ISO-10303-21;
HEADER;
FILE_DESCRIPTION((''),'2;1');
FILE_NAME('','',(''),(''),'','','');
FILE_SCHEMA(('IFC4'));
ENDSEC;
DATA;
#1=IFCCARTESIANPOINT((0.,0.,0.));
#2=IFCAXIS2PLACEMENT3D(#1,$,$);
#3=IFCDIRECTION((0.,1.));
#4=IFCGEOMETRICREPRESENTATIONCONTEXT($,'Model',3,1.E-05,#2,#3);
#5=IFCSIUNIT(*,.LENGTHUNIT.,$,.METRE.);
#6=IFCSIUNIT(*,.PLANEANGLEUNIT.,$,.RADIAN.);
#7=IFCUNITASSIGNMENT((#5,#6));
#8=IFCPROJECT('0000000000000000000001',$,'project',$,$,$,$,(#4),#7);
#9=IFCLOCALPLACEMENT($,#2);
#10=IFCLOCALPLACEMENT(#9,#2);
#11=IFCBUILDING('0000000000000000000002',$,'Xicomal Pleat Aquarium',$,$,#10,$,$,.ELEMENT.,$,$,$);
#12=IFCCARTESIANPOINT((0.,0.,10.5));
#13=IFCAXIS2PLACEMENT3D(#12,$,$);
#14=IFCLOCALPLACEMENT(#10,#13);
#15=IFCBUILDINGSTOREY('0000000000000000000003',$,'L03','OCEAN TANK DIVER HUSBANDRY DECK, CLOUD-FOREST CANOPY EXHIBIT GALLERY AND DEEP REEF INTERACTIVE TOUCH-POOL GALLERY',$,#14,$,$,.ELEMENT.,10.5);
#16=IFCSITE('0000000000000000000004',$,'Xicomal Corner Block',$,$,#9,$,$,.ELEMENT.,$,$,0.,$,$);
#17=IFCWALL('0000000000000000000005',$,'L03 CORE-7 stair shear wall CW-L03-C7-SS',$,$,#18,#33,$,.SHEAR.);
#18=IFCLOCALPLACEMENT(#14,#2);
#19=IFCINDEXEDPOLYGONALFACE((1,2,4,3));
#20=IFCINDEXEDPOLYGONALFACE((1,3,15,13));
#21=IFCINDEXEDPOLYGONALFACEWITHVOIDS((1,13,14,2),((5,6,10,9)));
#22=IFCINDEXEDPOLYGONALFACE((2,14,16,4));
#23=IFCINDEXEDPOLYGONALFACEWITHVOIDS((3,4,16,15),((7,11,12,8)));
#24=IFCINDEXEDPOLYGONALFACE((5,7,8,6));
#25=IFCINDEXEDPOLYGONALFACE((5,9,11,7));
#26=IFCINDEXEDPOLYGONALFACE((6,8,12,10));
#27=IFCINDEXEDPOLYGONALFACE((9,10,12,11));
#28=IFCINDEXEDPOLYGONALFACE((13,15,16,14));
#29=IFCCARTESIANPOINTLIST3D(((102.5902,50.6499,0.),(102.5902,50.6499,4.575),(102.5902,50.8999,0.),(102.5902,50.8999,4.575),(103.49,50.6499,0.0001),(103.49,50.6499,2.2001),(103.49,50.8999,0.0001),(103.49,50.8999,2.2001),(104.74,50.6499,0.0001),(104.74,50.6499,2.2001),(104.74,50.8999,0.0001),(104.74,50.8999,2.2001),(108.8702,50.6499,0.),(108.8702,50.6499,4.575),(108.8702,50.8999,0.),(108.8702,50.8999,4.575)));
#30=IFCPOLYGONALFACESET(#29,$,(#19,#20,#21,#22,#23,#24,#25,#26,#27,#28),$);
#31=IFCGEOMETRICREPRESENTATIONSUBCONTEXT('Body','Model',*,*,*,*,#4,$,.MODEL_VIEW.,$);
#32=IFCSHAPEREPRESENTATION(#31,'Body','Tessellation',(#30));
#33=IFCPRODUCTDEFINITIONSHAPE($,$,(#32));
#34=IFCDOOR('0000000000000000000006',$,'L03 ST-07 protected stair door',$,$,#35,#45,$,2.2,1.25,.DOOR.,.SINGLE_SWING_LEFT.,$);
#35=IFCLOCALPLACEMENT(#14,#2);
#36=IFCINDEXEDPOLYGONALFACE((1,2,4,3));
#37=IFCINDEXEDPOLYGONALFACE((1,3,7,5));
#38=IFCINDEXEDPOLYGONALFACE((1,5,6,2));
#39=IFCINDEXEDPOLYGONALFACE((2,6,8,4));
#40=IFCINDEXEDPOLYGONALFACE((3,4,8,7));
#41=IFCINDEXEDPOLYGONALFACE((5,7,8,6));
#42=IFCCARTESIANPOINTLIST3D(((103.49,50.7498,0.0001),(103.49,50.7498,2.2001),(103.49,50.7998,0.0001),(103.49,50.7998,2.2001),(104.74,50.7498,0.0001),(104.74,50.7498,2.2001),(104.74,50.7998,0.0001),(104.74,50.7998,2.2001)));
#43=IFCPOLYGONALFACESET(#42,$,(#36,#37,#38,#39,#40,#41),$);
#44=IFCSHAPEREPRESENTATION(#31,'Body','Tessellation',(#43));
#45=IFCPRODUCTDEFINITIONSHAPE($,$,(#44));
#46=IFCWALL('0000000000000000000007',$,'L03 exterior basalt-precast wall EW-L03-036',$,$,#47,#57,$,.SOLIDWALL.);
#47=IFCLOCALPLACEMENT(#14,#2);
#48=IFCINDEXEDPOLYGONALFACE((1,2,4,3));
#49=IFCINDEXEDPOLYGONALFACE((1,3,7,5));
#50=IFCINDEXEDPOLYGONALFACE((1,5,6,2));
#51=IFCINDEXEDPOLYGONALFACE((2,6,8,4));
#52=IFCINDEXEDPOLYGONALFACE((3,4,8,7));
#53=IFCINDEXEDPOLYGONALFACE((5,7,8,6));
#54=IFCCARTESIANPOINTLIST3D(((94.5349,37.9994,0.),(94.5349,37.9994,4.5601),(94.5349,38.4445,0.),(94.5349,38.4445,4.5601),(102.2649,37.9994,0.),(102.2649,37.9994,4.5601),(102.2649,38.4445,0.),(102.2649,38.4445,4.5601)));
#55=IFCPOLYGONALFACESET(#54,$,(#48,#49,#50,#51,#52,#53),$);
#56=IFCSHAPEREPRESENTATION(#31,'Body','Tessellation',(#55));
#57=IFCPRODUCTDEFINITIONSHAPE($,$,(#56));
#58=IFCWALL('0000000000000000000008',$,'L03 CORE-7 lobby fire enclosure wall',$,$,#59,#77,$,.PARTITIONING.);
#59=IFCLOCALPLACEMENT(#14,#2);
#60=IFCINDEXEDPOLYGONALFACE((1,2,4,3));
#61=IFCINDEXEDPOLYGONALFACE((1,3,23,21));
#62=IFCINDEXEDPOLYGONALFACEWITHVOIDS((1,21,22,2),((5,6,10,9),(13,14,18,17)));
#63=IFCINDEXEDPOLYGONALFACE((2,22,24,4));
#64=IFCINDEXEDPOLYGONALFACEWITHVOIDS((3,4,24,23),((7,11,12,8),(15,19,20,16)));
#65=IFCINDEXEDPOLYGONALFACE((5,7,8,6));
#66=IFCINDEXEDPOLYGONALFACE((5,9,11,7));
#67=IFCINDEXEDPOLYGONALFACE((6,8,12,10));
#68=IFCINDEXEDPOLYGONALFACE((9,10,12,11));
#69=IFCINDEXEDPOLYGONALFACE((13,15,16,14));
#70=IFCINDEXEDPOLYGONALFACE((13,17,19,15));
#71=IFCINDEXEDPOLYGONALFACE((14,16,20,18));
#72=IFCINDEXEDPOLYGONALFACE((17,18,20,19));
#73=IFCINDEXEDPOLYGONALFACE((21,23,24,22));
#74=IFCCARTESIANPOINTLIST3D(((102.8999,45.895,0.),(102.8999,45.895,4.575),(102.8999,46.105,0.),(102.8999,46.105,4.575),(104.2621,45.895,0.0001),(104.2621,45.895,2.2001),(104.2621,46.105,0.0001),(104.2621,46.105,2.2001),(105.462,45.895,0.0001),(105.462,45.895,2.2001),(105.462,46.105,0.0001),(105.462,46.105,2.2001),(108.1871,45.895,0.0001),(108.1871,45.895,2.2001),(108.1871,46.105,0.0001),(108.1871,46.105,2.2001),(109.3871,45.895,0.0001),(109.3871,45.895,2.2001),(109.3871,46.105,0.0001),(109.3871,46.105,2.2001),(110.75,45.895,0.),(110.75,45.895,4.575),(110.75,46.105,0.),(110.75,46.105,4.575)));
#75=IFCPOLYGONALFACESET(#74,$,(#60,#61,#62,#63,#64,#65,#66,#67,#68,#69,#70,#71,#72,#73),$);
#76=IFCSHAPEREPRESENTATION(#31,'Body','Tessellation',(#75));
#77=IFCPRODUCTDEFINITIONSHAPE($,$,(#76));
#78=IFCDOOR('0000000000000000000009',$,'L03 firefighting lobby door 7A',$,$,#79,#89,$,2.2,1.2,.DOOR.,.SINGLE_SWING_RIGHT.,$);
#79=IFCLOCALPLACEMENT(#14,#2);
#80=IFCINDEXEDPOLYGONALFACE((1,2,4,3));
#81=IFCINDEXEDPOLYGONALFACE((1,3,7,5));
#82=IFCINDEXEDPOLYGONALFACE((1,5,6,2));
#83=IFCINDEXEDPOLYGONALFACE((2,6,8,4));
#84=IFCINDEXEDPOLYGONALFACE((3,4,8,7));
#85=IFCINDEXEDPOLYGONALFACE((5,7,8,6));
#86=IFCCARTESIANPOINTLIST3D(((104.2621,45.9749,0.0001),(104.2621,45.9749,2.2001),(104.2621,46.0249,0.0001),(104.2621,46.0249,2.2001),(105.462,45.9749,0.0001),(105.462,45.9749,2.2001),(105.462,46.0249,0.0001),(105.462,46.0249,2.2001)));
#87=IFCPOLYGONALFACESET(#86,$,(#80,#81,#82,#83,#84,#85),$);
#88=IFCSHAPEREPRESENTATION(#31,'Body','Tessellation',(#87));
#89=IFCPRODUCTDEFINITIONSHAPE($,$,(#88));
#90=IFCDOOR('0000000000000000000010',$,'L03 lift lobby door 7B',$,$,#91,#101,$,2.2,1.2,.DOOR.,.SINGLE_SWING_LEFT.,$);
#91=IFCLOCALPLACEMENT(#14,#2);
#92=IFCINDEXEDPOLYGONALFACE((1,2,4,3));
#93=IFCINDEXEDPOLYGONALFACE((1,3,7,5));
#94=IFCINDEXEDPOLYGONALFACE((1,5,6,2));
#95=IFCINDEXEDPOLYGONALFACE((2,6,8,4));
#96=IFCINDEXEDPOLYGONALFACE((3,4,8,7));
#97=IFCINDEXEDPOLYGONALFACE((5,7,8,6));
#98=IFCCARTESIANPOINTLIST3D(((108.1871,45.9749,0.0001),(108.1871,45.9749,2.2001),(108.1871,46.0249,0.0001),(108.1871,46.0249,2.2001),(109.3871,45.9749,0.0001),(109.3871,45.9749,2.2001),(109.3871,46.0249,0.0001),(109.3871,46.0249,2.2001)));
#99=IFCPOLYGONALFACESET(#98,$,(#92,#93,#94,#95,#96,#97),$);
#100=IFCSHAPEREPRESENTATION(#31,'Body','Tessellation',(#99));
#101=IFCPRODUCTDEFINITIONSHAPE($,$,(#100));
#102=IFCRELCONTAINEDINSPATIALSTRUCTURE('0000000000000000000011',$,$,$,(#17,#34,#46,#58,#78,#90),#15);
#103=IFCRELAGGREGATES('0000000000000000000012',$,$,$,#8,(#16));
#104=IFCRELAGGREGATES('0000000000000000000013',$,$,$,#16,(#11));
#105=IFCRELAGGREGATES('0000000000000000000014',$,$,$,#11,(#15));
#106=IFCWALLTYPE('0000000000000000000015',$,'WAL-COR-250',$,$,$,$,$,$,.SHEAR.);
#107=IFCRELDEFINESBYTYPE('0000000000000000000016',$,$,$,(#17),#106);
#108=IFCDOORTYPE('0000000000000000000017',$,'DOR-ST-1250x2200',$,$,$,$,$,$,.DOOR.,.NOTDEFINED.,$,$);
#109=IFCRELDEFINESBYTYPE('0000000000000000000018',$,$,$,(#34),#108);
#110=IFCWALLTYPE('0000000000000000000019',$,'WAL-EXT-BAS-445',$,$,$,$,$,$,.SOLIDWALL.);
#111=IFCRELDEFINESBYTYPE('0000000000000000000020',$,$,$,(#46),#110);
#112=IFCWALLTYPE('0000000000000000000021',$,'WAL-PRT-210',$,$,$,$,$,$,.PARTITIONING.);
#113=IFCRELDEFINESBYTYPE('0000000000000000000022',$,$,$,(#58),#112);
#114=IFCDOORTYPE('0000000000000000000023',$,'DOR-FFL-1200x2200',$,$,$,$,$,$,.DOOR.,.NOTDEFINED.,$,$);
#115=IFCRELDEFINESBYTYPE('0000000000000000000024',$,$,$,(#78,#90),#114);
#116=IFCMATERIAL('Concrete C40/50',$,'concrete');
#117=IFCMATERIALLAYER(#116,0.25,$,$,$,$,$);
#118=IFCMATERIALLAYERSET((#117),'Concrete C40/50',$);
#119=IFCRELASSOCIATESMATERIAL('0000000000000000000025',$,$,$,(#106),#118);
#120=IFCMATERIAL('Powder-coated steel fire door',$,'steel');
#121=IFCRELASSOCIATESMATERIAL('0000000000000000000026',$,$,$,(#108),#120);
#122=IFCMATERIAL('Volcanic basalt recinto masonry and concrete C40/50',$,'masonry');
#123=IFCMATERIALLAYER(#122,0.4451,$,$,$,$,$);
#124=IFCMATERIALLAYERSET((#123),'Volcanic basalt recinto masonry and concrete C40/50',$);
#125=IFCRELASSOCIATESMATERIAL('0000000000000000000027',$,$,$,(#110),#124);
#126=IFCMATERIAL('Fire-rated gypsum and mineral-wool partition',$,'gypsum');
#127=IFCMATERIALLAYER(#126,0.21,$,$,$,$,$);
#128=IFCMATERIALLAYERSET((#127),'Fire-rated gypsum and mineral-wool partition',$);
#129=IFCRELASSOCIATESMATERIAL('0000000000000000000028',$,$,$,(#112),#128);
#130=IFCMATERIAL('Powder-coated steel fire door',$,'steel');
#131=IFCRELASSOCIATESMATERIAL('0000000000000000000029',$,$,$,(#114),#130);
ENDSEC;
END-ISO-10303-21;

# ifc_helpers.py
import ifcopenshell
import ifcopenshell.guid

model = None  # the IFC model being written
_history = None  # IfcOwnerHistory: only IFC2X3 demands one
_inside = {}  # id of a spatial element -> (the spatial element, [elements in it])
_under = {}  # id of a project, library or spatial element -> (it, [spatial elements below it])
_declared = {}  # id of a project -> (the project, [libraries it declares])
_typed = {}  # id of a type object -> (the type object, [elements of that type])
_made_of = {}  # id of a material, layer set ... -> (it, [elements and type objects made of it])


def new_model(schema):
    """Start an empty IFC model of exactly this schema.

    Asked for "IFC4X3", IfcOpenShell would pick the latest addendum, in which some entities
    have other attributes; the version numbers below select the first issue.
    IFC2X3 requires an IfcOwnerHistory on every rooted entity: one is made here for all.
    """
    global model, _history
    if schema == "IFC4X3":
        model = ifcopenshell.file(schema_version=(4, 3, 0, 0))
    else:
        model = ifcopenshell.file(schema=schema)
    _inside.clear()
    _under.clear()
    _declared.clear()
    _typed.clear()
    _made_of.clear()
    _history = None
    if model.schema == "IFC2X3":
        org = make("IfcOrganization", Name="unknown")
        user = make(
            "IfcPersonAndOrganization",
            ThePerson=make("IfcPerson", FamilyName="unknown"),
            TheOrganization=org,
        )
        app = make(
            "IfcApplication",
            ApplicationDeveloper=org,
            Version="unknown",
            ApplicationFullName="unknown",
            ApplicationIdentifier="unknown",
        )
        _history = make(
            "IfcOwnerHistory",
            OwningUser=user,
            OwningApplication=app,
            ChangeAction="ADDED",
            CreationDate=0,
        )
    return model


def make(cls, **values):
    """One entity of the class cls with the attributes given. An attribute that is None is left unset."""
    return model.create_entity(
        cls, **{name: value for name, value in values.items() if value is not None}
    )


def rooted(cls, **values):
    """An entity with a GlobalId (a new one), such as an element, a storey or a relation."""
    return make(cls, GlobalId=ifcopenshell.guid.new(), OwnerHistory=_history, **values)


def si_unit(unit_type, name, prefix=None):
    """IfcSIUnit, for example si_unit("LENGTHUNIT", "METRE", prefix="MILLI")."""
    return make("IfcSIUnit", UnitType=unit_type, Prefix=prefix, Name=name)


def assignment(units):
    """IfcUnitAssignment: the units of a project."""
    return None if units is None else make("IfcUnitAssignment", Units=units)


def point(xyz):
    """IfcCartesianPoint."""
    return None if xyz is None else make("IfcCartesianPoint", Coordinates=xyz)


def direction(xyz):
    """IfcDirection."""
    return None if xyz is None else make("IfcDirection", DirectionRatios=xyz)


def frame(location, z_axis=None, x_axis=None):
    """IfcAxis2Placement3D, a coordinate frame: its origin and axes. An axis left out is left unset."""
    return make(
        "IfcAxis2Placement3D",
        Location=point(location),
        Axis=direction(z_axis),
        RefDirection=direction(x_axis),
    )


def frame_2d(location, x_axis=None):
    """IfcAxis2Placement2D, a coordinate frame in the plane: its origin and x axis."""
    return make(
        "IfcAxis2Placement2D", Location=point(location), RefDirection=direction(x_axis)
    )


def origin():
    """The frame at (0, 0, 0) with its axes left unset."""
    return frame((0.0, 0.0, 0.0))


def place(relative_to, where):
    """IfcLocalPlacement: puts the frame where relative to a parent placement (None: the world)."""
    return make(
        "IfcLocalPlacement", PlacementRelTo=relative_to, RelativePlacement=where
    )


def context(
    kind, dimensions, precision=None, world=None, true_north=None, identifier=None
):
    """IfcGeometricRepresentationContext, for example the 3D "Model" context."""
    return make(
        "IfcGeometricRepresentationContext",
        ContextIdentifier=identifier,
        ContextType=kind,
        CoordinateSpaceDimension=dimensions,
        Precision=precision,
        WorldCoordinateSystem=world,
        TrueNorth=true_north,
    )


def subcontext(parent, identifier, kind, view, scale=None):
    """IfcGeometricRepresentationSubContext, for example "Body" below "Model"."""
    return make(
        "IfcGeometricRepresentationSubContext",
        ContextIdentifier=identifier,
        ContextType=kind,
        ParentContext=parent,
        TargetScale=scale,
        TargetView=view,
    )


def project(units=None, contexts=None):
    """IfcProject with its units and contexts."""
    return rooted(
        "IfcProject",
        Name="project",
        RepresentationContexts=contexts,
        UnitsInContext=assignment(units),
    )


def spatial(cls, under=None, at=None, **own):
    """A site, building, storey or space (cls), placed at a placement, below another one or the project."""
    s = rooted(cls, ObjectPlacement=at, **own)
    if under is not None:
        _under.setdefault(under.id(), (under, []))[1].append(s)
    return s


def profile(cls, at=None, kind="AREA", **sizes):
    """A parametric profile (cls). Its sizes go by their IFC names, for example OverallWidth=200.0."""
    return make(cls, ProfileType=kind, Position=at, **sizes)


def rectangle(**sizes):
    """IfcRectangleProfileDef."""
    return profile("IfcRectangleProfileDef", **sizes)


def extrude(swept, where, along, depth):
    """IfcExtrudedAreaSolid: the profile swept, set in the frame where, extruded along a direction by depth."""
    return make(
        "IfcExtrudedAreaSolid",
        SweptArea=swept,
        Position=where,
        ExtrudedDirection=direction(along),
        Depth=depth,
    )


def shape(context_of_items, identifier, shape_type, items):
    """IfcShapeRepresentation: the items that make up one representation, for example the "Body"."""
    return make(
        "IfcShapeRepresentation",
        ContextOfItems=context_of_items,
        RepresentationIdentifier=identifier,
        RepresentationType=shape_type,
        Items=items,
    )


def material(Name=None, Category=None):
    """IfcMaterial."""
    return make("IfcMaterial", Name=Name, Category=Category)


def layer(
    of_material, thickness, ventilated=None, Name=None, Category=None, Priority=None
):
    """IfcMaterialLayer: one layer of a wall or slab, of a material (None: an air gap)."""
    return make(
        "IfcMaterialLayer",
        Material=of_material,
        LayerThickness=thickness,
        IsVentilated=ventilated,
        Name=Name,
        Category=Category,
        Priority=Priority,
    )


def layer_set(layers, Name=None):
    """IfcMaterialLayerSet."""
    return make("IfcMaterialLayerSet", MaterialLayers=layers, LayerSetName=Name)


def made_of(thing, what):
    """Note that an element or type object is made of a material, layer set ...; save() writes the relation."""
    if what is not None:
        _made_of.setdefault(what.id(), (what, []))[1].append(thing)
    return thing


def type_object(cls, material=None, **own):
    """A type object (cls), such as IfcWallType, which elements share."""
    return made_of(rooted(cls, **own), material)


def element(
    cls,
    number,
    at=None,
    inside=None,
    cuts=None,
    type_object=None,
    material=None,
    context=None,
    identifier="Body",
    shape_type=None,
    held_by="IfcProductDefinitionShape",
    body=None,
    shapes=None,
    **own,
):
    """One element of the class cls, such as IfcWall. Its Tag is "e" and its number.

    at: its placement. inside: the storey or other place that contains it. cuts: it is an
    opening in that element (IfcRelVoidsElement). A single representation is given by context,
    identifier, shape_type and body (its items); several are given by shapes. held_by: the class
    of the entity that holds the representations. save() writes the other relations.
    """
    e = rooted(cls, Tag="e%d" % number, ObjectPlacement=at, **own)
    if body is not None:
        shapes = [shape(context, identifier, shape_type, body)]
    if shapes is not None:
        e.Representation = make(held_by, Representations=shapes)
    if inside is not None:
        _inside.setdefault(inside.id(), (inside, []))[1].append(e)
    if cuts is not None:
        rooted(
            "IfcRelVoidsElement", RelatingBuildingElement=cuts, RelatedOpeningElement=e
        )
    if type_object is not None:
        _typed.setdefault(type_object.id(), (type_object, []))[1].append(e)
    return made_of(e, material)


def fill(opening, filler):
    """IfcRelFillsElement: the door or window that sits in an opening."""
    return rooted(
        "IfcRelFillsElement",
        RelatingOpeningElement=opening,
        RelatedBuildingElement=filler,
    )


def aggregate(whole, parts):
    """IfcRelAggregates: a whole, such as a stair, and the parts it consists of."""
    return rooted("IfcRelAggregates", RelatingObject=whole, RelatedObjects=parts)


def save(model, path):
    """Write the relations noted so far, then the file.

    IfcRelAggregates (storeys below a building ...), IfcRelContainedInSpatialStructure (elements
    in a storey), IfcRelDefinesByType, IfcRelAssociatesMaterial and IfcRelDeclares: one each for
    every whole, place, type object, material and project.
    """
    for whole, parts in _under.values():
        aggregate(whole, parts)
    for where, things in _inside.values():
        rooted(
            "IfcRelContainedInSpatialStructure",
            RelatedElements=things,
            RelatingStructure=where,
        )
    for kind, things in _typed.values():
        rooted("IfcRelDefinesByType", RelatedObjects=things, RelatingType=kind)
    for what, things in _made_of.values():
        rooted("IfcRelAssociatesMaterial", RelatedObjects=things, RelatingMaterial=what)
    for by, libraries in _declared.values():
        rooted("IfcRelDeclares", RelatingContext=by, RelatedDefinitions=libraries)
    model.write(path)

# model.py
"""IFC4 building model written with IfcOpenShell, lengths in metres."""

from ifc_helpers import new_model, si_unit, direction, frame, frame_2d, origin, place, context, subcontext, project, spatial, rectangle, extrude, material, layer, layer_set, type_object, element, fill, save


model = new_model("IFC4")

# Units and contexts
model_context = context("Model", 3, precision=1e-05, world=origin(), true_north=direction((0.0, 1.0)))
body_context = subcontext(model_context, "Body", "Model", "MODEL_VIEW")
ifc_project = project(units=[si_unit("LENGTHUNIT", "METRE"), si_unit("PLANEANGLEUNIT", "RADIAN")], contexts=[model_context])

# Site, building, storey
site_placement = place(None, origin())
site = spatial("IfcSite", under=ifc_project, at=site_placement, Name="Xicomal Corner Block", CompositionType="ELEMENT", RefElevation=0.0)
building_placement = place(site_placement, origin())
building = spatial("IfcBuilding", under=site, at=building_placement, Name="Xicomal Pleat Aquarium", CompositionType="ELEMENT")
storey_placement = place(building_placement, frame((0.0, 0.0, 10.5)))
storey = spatial("IfcBuildingStorey", under=building, at=storey_placement, Name="L03", Description="OCEAN TANK DIVER HUSBANDRY DECK, CLOUD-FOREST CANOPY EXHIBIT GALLERY AND DEEP REEF INTERACTIVE TOUCH-POOL GALLERY", CompositionType="ELEMENT", Elevation=10.5)

# Wall, opening, door
ifc_material_1 = material(Name="Concrete C40/50", Category="concrete")
ifc_layer_1 = layer(ifc_material_1, 0.25)
ifc_layer_set_1 = layer_set([ifc_layer_1], Name="Concrete C40/50")
wall_type_1 = type_object("IfcWallType", Name="WAL-COR-250", PredefinedType="SHEAR", material=ifc_layer_set_1)
wall_1_placement = place(storey_placement, frame((102.5901, 50.7749, 0.0), z_axis=(0.0, 0.0, 1.0), x_axis=(1.0, 0.0, 0.0)))
wall_1 = element("IfcWall", 1, at=wall_1_placement, inside=storey, type_object=wall_type_1, Name="L03 CORE-7 stair shear wall CW-L03-C7-SS", PredefinedType="SHEAR", context=body_context, shape_type="SweptSolid", body=[
    extrude(rectangle(XDim=6.28, YDim=0.25, at=frame_2d((3.1401, 0.0))), origin(), (0.0, 0.0, 1.0), 4.575),
])
opening_1_placement = place(wall_1_placement, frame((0.8999, 0.0, 0.0)))
opening_1 = element("IfcOpeningElement", 2, at=opening_1_placement, cuts=wall_1, PredefinedType="OPENING", context=body_context, shape_type="SweptSolid", body=[
    extrude(rectangle(XDim=1.25, YDim=2.2, at=frame_2d((0.625, 1.1001))), frame((0.0, 0.135, 0.0), z_axis=(0.0, -1.0, 0.0), x_axis=(1.0, 0.0, 0.0)), (0.0, 0.0, 1.0), 0.27),
])
ifc_material_2 = material(Name="Powder-coated steel fire door", Category="steel")
door_type_1 = type_object("IfcDoorType", Name="DOR-ST-1250x2200", OperationType="NOTDEFINED", PredefinedType="DOOR", material=ifc_material_2)
door_1_placement = place(opening_1_placement, origin())
door_1 = element("IfcDoor", 3, at=door_1_placement, inside=storey, type_object=door_type_1, Name="L03 ST-07 protected stair door", OperationType="SINGLE_SWING_LEFT", OverallHeight=2.2, OverallWidth=1.25, PredefinedType="DOOR", context=body_context, shape_type="SweptSolid", body=[
    extrude(rectangle(XDim=1.25, YDim=2.2, at=frame_2d((0.625, 1.1001))), frame((0.0, 0.0249, 0.0), z_axis=(0.0, -1.0, 0.0), x_axis=(1.0, 0.0, 0.0)), (0.0, 0.0, 1.0), 0.05),
])
fill(opening_1, door_1)

# Wall
ifc_material_3 = material(Name="Volcanic basalt recinto masonry and concrete C40/50", Category="masonry")
ifc_layer_2 = layer(ifc_material_3, 0.4451)
ifc_layer_set_2 = layer_set([ifc_layer_2], Name="Volcanic basalt recinto masonry and concrete C40/50")
wall_type_2 = type_object("IfcWallType", Name="WAL-EXT-BAS-445", PredefinedType="SOLIDWALL", material=ifc_layer_set_2)
wall_2_placement = place(storey_placement, frame((102.2649, 38.2219, 0.0), z_axis=(0.0, 0.0, 1.0), x_axis=(-1.0, 0.0, 0.0)))
element("IfcWall", 4, at=wall_2_placement, inside=storey, type_object=wall_type_2, Name="L03 exterior basalt-precast wall EW-L03-036", PredefinedType="SOLIDWALL", context=body_context, shape_type="SweptSolid", body=[
    extrude(rectangle(XDim=7.73, YDim=0.4451, at=frame_2d((3.865, 0.0))), origin(), (0.0, 0.0, 1.0), 4.5601),
])

# Wall, openings, doors
ifc_material_4 = material(Name="Fire-rated gypsum and mineral-wool partition", Category="gypsum")
ifc_layer_3 = layer(ifc_material_4, 0.21)
ifc_layer_set_3 = layer_set([ifc_layer_3], Name="Fire-rated gypsum and mineral-wool partition")
wall_type_3 = type_object("IfcWallType", Name="WAL-PRT-210", PredefinedType="PARTITIONING", material=ifc_layer_set_3)
wall_3_placement = place(storey_placement, frame((102.8999, 46.0, 0.0), z_axis=(0.0, 0.0, 1.0), x_axis=(1.0, 0.0, 0.0)))
wall_3 = element("IfcWall", 5, at=wall_3_placement, inside=storey, type_object=wall_type_3, Name="L03 CORE-7 lobby fire enclosure wall", PredefinedType="PARTITIONING", context=body_context, shape_type="SweptSolid", body=[
    extrude(rectangle(XDim=7.8501, YDim=0.21, at=frame_2d((3.925, 0.0))), origin(), (0.0, 0.0, 1.0), 4.575),
])
opening_2_placement = place(wall_3_placement, frame((1.3621, 0.0, 0.0)))
opening_2 = element("IfcOpeningElement", 6, at=opening_2_placement, cuts=wall_3, PredefinedType="OPENING", context=body_context, shape_type="SweptSolid", body=[
    extrude(rectangle(XDim=1.2, YDim=2.2, at=frame_2d((0.6001, 1.1001))), frame((0.0, 0.115, 0.0), z_axis=(0.0, -1.0, 0.0), x_axis=(1.0, 0.0, 0.0)), (0.0, 0.0, 1.0), 0.23),
])
opening_3_placement = place(wall_3_placement, frame((5.2871, 0.0, 0.0)))
opening_3 = element("IfcOpeningElement", 7, at=opening_3_placement, cuts=wall_3, PredefinedType="OPENING", context=body_context, shape_type="SweptSolid", body=[
    extrude(rectangle(XDim=1.2, YDim=2.2, at=frame_2d((0.6001, 1.1001))), frame((0.0, 0.115, 0.0), z_axis=(0.0, -1.0, 0.0), x_axis=(1.0, 0.0, 0.0)), (0.0, 0.0, 1.0), 0.23),
])
ifc_material_5 = material(Name="Powder-coated steel fire door", Category="steel")
door_type_2 = type_object("IfcDoorType", Name="DOR-FFL-1200x2200", OperationType="NOTDEFINED", PredefinedType="DOOR", material=ifc_material_5)
door_2_placement = place(opening_2_placement, origin())
door_2 = element("IfcDoor", 8, at=door_2_placement, inside=storey, type_object=door_type_2, Name="L03 firefighting lobby door 7A", OperationType="SINGLE_SWING_RIGHT", OverallHeight=2.2, OverallWidth=1.2, PredefinedType="DOOR", context=body_context, shape_type="SweptSolid", body=[
    extrude(rectangle(XDim=1.2, YDim=2.2, at=frame_2d((0.6001, 1.1001))), frame((0.0, 0.0249, 0.0), z_axis=(0.0, -1.0, 0.0), x_axis=(1.0, 0.0, 0.0)), (0.0, 0.0, 1.0), 0.05),
])
fill(opening_2, door_2)
door_3_placement = place(opening_3_placement, origin())
door_3 = element("IfcDoor", 9, at=door_3_placement, inside=storey, type_object=door_type_2, Name="L03 lift lobby door 7B", OperationType="SINGLE_SWING_LEFT", OverallHeight=2.2, OverallWidth=1.2, PredefinedType="DOOR", context=body_context, shape_type="SweptSolid", body=[
    extrude(rectangle(XDim=1.2, YDim=2.2, at=frame_2d((0.6001, 1.1001))), frame((0.0, 0.0249, 0.0), z_axis=(0.0, -1.0, 0.0), x_axis=(1.0, 0.0, 0.0)), (0.0, 0.0, 1.0), 0.05),
])
fill(opening_3, door_3)

save(model, "model.ifc")
